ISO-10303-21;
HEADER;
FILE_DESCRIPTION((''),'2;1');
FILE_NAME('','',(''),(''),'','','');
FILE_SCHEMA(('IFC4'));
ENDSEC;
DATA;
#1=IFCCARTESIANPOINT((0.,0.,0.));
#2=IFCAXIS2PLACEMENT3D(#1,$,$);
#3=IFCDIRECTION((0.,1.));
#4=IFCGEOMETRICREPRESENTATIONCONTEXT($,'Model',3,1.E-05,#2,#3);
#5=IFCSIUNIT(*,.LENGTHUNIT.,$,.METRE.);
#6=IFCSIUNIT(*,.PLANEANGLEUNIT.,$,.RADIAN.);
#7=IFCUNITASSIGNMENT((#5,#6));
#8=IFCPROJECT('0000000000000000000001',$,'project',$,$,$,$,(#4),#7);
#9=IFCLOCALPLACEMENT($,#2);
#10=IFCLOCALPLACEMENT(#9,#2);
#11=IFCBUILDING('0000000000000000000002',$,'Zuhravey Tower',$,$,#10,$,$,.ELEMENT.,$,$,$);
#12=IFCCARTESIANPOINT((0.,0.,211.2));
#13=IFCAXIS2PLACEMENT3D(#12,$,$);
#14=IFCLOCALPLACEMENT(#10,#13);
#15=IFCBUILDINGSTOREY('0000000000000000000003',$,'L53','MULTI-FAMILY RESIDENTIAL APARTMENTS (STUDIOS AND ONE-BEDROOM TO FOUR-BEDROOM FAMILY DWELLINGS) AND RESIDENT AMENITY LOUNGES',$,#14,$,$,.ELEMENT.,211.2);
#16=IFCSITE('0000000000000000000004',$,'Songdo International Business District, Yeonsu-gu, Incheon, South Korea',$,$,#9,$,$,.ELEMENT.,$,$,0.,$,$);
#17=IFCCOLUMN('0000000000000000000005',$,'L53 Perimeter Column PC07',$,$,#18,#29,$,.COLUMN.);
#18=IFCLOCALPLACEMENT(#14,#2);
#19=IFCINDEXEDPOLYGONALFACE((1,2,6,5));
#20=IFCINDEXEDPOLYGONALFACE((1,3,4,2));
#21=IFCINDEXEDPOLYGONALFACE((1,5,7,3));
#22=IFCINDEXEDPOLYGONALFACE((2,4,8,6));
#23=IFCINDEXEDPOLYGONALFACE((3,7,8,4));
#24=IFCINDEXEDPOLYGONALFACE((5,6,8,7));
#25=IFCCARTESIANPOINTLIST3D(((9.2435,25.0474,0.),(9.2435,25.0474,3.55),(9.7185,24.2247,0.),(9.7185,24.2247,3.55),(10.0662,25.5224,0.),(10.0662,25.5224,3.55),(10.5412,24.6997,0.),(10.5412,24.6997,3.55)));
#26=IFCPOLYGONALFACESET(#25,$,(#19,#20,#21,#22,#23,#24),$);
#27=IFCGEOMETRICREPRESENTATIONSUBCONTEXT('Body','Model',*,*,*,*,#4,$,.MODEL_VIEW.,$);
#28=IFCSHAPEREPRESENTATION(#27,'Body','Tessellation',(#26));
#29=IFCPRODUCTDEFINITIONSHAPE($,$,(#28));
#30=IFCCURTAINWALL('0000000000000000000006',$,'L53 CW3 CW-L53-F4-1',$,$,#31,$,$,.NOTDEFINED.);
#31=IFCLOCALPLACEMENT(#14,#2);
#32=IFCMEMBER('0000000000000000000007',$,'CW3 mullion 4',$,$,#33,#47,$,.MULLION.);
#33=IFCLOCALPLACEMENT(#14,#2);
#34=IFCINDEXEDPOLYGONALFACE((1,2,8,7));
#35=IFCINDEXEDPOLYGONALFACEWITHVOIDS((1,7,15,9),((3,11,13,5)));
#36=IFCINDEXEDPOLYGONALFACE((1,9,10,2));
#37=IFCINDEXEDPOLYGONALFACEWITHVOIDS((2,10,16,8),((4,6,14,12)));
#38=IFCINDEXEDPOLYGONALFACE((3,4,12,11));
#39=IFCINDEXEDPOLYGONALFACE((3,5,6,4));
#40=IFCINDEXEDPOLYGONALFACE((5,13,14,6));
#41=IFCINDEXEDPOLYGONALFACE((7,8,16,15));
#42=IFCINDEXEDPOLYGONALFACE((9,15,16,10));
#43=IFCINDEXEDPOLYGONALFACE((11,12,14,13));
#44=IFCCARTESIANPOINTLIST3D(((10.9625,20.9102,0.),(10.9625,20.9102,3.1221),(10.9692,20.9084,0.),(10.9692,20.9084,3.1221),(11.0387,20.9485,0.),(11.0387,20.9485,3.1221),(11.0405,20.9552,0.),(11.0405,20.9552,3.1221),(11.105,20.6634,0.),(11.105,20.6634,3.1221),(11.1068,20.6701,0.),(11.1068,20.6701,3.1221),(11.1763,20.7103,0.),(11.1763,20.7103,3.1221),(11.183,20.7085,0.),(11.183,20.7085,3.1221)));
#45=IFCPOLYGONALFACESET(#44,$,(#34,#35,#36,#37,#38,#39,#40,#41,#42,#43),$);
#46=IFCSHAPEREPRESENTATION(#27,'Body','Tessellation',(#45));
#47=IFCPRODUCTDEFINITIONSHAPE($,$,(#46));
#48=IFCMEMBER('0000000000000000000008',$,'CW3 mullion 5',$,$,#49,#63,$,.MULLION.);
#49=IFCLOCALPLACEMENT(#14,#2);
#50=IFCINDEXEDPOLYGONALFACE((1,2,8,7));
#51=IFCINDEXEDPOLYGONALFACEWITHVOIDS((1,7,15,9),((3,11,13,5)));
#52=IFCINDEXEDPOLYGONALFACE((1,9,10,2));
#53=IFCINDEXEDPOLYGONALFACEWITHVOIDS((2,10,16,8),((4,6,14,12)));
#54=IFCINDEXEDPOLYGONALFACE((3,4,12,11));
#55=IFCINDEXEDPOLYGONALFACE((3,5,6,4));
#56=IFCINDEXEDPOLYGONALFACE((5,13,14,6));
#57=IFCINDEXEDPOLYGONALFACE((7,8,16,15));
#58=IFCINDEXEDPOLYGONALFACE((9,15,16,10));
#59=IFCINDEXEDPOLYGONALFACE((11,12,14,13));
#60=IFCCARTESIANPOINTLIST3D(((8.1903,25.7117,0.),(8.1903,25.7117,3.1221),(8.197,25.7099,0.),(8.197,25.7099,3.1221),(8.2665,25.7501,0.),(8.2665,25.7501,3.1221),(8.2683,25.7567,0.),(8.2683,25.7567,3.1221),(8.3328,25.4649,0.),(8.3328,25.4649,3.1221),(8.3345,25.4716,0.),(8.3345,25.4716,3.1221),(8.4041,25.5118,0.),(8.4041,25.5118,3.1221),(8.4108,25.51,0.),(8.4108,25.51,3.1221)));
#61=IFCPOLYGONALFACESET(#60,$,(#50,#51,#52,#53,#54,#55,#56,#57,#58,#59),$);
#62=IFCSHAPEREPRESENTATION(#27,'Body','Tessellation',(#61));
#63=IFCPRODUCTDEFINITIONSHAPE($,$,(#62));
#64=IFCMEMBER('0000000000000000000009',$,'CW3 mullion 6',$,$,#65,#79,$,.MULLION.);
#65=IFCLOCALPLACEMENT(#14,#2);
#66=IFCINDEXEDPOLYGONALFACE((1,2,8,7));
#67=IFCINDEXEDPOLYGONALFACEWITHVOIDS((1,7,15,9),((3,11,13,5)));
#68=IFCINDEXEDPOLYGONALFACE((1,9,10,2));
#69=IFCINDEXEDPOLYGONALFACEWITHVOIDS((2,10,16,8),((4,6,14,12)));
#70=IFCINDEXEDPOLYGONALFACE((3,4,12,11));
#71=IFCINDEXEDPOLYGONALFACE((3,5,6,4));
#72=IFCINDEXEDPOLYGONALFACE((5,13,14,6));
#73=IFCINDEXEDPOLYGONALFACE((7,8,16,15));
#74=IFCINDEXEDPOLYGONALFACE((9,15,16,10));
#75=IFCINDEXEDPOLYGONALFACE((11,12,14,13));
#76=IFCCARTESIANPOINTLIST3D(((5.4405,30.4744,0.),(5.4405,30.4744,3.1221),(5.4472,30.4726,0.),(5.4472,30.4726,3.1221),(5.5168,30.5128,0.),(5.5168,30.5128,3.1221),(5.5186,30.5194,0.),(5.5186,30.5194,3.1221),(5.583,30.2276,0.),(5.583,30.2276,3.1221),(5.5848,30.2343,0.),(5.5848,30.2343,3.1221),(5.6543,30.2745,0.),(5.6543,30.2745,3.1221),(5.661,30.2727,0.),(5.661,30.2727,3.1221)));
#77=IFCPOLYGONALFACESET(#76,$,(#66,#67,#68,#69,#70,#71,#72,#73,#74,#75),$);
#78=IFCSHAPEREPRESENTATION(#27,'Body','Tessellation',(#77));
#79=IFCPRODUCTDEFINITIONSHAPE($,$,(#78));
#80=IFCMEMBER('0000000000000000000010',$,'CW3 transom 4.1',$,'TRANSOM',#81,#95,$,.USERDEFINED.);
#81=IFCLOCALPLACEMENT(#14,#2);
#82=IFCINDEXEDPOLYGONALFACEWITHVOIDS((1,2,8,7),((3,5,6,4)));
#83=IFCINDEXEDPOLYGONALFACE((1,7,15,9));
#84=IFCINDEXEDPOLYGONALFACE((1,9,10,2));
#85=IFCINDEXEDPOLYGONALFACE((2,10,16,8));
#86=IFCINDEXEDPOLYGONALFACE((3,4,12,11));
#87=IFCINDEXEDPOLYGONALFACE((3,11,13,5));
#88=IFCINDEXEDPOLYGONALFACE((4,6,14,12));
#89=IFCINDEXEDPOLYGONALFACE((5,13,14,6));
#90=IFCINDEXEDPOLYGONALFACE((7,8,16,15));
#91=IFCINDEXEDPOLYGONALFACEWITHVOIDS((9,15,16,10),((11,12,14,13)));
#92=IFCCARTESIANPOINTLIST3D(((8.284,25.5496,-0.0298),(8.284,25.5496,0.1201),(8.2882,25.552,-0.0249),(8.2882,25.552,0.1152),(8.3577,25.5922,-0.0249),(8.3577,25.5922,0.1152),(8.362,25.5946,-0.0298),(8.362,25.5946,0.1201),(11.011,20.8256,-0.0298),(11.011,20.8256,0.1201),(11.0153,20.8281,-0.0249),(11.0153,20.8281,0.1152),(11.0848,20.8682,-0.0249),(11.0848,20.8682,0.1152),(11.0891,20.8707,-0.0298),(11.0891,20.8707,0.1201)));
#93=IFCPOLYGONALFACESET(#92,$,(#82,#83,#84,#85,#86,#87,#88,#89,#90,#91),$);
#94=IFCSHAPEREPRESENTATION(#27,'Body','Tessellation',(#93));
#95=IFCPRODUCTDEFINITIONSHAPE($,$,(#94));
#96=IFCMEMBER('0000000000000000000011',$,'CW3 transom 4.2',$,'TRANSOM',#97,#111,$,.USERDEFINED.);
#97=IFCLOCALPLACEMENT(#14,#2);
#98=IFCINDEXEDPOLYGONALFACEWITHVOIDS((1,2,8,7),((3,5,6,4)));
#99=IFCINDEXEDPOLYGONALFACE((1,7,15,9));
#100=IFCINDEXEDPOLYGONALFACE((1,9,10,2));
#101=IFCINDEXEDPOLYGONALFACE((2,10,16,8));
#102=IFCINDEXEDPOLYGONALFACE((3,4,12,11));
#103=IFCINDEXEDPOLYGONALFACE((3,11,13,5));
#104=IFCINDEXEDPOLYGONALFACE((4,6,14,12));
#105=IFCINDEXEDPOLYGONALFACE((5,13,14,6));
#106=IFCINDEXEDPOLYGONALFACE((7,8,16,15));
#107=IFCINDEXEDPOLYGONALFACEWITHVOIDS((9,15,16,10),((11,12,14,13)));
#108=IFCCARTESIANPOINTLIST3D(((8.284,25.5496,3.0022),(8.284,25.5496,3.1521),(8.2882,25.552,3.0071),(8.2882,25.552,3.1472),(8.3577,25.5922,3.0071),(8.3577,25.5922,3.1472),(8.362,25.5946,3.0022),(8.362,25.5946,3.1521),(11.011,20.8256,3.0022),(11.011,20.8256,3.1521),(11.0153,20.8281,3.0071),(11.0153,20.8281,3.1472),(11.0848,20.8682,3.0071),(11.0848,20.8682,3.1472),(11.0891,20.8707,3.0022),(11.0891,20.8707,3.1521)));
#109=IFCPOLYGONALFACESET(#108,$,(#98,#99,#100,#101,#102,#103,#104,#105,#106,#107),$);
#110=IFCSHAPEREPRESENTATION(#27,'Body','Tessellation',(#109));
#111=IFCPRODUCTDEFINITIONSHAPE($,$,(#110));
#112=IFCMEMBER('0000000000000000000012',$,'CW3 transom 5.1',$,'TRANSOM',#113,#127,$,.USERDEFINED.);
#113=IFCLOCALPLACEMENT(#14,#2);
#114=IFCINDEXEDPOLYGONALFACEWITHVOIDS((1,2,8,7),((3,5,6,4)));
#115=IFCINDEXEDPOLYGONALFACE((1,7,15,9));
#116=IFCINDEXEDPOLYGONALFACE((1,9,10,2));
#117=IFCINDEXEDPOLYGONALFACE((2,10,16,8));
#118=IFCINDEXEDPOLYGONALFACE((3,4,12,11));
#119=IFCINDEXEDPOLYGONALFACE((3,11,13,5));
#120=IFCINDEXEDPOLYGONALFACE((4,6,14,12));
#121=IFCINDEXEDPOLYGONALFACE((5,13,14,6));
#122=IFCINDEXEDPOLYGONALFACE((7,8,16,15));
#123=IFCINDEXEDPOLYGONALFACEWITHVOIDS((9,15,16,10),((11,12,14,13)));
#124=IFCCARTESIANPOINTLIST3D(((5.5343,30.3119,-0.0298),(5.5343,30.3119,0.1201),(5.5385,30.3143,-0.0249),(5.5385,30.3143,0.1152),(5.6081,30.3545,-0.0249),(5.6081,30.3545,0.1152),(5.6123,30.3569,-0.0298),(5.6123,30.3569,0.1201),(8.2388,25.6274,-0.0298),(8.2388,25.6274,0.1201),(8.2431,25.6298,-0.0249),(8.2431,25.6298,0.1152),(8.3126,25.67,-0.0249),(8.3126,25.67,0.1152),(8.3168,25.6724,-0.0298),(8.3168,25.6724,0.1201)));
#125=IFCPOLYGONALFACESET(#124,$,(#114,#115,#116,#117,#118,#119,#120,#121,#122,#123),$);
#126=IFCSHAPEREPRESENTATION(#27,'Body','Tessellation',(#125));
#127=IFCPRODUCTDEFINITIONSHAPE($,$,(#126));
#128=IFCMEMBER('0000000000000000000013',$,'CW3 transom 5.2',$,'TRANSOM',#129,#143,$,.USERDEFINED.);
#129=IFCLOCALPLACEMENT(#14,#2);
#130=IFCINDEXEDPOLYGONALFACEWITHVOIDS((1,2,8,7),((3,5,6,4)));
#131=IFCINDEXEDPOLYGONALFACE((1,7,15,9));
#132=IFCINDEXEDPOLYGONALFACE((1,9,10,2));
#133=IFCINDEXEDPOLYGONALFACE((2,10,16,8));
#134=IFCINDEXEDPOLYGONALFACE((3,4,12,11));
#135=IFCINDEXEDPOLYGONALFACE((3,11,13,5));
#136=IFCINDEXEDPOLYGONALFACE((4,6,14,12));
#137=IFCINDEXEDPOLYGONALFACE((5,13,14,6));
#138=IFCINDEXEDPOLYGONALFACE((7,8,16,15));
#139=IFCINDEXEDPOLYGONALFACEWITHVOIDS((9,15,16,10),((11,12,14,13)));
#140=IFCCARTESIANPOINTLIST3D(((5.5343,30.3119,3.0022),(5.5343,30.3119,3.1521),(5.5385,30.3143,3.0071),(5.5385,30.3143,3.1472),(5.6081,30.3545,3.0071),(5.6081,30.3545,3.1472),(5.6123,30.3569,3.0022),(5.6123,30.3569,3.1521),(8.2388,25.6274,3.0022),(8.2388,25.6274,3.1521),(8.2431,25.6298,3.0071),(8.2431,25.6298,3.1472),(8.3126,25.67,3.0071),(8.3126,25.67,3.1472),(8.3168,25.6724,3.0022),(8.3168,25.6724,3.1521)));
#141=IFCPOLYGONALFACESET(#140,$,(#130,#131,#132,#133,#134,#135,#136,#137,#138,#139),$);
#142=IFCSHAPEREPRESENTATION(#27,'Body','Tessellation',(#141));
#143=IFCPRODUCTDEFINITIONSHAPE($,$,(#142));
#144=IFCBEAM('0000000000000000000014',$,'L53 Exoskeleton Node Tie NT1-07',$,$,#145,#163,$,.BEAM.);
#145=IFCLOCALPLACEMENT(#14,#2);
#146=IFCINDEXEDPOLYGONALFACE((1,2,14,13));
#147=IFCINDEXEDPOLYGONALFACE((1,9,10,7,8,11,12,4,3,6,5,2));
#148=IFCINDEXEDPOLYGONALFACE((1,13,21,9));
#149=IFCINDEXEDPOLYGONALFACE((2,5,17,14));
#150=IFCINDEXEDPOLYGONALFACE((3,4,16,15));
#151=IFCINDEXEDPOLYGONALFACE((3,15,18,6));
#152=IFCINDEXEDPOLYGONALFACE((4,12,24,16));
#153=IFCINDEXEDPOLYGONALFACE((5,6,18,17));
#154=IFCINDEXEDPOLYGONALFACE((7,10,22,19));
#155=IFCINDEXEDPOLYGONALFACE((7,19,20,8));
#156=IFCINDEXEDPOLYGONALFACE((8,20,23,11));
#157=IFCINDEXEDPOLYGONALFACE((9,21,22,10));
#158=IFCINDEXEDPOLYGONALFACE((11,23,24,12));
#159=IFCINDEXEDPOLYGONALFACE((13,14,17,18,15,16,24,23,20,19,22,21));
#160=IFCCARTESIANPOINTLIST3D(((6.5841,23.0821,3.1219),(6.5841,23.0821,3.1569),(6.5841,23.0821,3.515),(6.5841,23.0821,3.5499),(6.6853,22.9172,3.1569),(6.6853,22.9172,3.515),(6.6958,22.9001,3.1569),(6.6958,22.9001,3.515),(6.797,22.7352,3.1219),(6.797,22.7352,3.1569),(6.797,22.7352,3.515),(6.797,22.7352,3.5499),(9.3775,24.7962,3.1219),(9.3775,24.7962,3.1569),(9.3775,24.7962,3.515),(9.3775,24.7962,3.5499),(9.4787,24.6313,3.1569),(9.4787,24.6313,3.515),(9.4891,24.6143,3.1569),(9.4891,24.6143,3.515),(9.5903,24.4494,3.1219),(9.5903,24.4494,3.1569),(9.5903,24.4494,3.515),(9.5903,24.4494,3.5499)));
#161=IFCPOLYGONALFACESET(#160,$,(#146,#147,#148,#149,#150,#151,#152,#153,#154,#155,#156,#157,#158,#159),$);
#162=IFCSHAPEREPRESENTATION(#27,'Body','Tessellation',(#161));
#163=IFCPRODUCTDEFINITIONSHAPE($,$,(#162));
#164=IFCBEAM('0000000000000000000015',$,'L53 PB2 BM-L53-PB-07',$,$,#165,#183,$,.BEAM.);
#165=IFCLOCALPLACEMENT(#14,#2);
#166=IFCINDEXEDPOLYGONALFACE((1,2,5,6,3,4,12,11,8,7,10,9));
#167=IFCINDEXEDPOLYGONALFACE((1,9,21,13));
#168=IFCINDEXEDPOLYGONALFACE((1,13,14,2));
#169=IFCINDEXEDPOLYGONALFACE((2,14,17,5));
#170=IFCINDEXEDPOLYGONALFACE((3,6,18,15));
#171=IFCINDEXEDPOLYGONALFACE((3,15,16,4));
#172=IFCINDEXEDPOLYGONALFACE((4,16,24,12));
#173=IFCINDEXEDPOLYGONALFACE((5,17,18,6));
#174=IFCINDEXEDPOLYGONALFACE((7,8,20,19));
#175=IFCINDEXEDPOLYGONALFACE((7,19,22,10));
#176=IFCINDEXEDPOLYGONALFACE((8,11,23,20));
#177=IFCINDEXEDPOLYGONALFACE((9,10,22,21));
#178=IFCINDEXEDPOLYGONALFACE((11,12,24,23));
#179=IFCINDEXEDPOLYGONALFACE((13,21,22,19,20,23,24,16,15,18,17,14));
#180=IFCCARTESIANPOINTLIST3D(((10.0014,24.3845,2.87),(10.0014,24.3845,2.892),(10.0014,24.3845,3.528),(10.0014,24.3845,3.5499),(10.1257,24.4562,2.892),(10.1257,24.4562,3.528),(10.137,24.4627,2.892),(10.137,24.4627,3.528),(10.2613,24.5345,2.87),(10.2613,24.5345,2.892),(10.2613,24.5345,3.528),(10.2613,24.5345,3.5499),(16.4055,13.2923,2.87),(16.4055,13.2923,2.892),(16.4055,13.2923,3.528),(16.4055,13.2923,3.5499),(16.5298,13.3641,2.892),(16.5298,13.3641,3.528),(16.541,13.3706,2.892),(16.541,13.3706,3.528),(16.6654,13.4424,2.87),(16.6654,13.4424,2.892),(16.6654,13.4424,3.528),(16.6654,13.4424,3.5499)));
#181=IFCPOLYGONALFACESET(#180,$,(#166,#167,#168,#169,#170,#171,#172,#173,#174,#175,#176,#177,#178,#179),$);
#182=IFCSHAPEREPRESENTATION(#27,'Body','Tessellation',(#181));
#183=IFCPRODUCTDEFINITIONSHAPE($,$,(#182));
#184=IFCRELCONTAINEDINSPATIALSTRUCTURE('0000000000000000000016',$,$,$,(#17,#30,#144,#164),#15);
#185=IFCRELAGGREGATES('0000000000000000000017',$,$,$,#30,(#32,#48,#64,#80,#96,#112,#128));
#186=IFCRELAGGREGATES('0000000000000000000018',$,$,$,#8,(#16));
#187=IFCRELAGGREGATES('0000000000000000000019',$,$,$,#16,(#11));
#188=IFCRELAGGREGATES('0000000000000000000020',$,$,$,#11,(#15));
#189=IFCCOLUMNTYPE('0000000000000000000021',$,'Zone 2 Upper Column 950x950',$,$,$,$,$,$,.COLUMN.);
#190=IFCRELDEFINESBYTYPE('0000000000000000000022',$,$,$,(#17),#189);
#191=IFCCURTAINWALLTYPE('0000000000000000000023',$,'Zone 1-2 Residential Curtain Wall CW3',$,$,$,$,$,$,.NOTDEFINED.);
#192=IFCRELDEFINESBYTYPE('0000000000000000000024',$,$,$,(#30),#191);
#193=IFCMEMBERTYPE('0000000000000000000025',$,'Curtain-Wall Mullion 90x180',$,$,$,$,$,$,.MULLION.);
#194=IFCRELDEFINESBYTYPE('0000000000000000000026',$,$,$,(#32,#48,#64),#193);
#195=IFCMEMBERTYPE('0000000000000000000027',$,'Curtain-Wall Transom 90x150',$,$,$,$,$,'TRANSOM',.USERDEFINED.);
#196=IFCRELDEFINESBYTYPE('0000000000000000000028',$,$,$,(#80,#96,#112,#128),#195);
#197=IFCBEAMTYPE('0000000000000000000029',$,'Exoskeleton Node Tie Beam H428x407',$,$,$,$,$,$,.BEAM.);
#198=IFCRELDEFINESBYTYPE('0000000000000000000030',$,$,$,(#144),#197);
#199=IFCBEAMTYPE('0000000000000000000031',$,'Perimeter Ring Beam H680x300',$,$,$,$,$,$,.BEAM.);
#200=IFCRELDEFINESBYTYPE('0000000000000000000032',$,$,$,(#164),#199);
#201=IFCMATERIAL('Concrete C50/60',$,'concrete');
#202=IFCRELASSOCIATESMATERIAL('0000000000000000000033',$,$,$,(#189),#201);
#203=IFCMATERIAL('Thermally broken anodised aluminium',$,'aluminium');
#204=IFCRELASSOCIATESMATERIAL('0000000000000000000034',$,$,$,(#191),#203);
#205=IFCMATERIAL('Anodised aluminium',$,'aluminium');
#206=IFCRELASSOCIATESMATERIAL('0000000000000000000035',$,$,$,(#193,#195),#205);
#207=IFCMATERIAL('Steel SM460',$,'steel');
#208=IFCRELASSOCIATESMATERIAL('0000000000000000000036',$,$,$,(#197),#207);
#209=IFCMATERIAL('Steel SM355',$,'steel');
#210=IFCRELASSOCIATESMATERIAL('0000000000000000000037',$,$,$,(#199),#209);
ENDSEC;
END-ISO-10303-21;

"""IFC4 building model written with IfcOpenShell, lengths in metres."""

from ifc_helpers import new_model, si_unit, direction, frame, origin, origin_2d, place, context, subcontext, project, spatial, rectangle, hollow_rectangle, i_section, extrude, material, material_profile, profile_set, type_object, element, aggregate, save


model = new_model("IFC4")

# Units and contexts
model_context = context("Model", 3, precision=1e-05, world=origin(), true_north=direction((0.0, 1.0)))
body_context = subcontext(model_context, "Body", "Model", "MODEL_VIEW")
ifc_project = project(units=[si_unit("LENGTHUNIT", "METRE"), si_unit("PLANEANGLEUNIT", "RADIAN")], contexts=[model_context])

# Site, building, storey
site_placement = place(None, origin())
site = spatial("IfcSite", under=ifc_project, at=site_placement, Name="Songdo International Business District, Yeonsu-gu, Incheon, South Korea", CompositionType="ELEMENT", RefElevation=0.0)
building_placement = place(site_placement, origin())
building = spatial("IfcBuilding", under=site, at=building_placement, Name="Zuhravey Tower", CompositionType="ELEMENT")
storey_placement = place(building_placement, frame((0.0, 0.0, 211.2)))
storey = spatial("IfcBuildingStorey", under=building, at=storey_placement, Name="L53", Description="MULTI-FAMILY RESIDENTIAL APARTMENTS (STUDIOS AND ONE-BEDROOM TO FOUR-BEDROOM FAMILY DWELLINGS) AND RESIDENT AMENITY LOUNGES", CompositionType="ELEMENT", Elevation=211.2)

# Column
ifc_material_1 = material(Name="Concrete C50/60", Category="concrete")
ifc_material_profile_1 = material_profile(ifc_material_1, rectangle(XDim=0.95, YDim=0.95, at=origin_2d()), Name="RC-950x950")
ifc_profile_set_1 = profile_set([ifc_material_profile_1], Name="Concrete C50/60")
column_type = type_object("IfcColumnType", Name="Zone 2 Upper Column 950x950", PredefinedType="COLUMN", material=ifc_profile_set_1)
column_placement = place(storey_placement, frame((9.8923, 24.8735, 0.0), z_axis=(0.0, 0.0, 1.0), x_axis=(0.5, -0.866025, 0.0)))
element("IfcColumn", 1, at=column_placement, inside=storey, type_object=column_type, Name="L53 Perimeter Column PC07", PredefinedType="COLUMN", context=body_context, shape_type="SweptSolid", body=[
    extrude(rectangle(XDim=0.95, YDim=0.95, at=origin_2d()), origin(), (0.0, 0.0, 1.0), 3.55),
])

# Curtain wall, members
ifc_material_2 = material(Name="Thermally broken anodised aluminium", Category="aluminium")
curtain_wall_type = type_object("IfcCurtainWallType", Name="Zone 1-2 Residential Curtain Wall CW3", PredefinedType="NOTDEFINED", material=ifc_material_2)
curtain_wall_placement = place(storey_placement, origin())
curtain_wall = element("IfcCurtainWall", 2, at=curtain_wall_placement, inside=storey, type_object=curtain_wall_type, Name="L53 CW3 CW-L53-F4-1", PredefinedType="NOTDEFINED")
ifc_material_3 = material(Name="Anodised aluminium", Category="aluminium")
ifc_material_profile_2 = material_profile(ifc_material_3, hollow_rectangle(XDim=0.0901, YDim=0.2849, WallThickness=0.0049, at=origin_2d()), Name="ALU-RHS-90x285x5")
ifc_profile_set_2 = profile_set([ifc_material_profile_2], Name="Anodised aluminium")
member_type_1 = type_object("IfcMemberType", Name="Curtain-Wall Mullion 90x180", PredefinedType="MULLION", material=ifc_profile_set_2)
member_1_placement = place(storey_placement, frame((11.0728, 20.8093, 0.0), z_axis=(0.0, 0.0, 1.0), x_axis=(-0.866025, -0.5, 0.0)))
member_1 = element("IfcMember", 3, at=member_1_placement, type_object=member_type_1, Name="CW3 mullion 4", PredefinedType="MULLION", context=body_context, shape_type="SweptSolid", body=[
    extrude(hollow_rectangle(XDim=0.0901, YDim=0.2849, WallThickness=0.0049, at=origin_2d()), origin(), (0.0, 0.0, 1.0), 3.1221),
])
member_2_placement = place(storey_placement, frame((8.3005, 25.6108, 0.0), z_axis=(0.0, 0.0, 1.0), x_axis=(-0.866025, -0.5, 0.0)))
member_2 = element("IfcMember", 4, at=member_2_placement, type_object=member_type_1, Name="CW3 mullion 5", PredefinedType="MULLION", context=body_context, shape_type="SweptSolid", body=[
    extrude(hollow_rectangle(XDim=0.0901, YDim=0.2849, WallThickness=0.0049, at=origin_2d()), origin(), (0.0, 0.0, 1.0), 3.1221),
])
member_3_placement = place(storey_placement, frame((5.5508, 30.3735, 0.0), z_axis=(0.0, 0.0, 1.0), x_axis=(-0.866025, -0.5, 0.0)))
member_3 = element("IfcMember", 5, at=member_3_placement, type_object=member_type_1, Name="CW3 mullion 6", PredefinedType="MULLION", context=body_context, shape_type="SweptSolid", body=[
    extrude(hollow_rectangle(XDim=0.0901, YDim=0.2849, WallThickness=0.0049, at=origin_2d()), origin(), (0.0, 0.0, 1.0), 3.1221),
])
ifc_material_profile_3 = material_profile(ifc_material_3, hollow_rectangle(XDim=0.0901, YDim=0.1499, WallThickness=0.0049, at=origin_2d()), Name="ALU-RHS-90x150x5")
ifc_profile_set_3 = profile_set([ifc_material_profile_3], Name="Anodised aluminium")
member_type_2 = type_object("IfcMemberType", Name="Curtain-Wall Transom 90x150", ElementType="TRANSOM", PredefinedType="USERDEFINED", material=ifc_profile_set_3)
member_4_placement = place(storey_placement, frame((11.05, 20.8481, 0.0452), z_axis=(-0.499961, 0.866048, 0.0), x_axis=(-0.866048, -0.499961, 0.0)))
member_4 = element("IfcMember", 6, at=member_4_placement, type_object=member_type_2, Name="CW3 transom 4.1", ObjectType="TRANSOM", PredefinedType="USERDEFINED", context=body_context, shape_type="SweptSolid", body=[
    extrude(hollow_rectangle(XDim=0.0901, YDim=0.1499, WallThickness=0.0049, at=origin_2d()), origin(), (0.0, 0.0, 1.0), 5.4546),
])
member_5_placement = place(storey_placement, frame((11.05, 20.8481, 3.0771), z_axis=(-0.499961, 0.866048, 0.0), x_axis=(-0.866048, -0.499961, 0.0)))
member_5 = element("IfcMember", 7, at=member_5_placement, type_object=member_type_2, Name="CW3 transom 4.2", ObjectType="TRANSOM", PredefinedType="USERDEFINED", context=body_context, shape_type="SweptSolid", body=[
    extrude(hollow_rectangle(XDim=0.0901, YDim=0.1499, WallThickness=0.0049, at=origin_2d()), origin(), (0.0, 0.0, 1.0), 5.4546),
])
member_6_placement = place(storey_placement, frame((8.2778, 25.6499, 0.0452), z_axis=(-0.499993, 0.866029, 0.0), x_axis=(-0.866029, -0.499993, 0.0)))
member_6 = element("IfcMember", 8, at=member_6_placement, type_object=member_type_2, Name="CW3 transom 5.1", ObjectType="TRANSOM", PredefinedType="USERDEFINED", context=body_context, shape_type="SweptSolid", body=[
    extrude(hollow_rectangle(XDim=0.0901, YDim=0.1499, WallThickness=0.0049, at=origin_2d()), origin(), (0.0, 0.0, 1.0), 5.4092),
])
member_7_placement = place(storey_placement, frame((8.2778, 25.6499, 3.0771), z_axis=(-0.499993, 0.866029, 0.0), x_axis=(-0.866029, -0.499993, 0.0)))
member_7 = element("IfcMember", 9, at=member_7_placement, type_object=member_type_2, Name="CW3 transom 5.2", ObjectType="TRANSOM", PredefinedType="USERDEFINED", context=body_context, shape_type="SweptSolid", body=[
    extrude(hollow_rectangle(XDim=0.0901, YDim=0.1499, WallThickness=0.0049, at=origin_2d()), origin(), (0.0, 0.0, 1.0), 5.4092),
])

# Beams
ifc_material_4 = material(Name="Steel SM460", Category="steel")
ifc_material_profile_4 = material_profile(ifc_material_4, i_section(OverallWidth=0.407, OverallDepth=0.428, WebThickness=0.02, FlangeThickness=0.0349, at=origin_2d()), Name="H-428x407x20x35")
ifc_profile_set_4 = profile_set([ifc_material_profile_4], Name="Steel SM460")
beam_type_1 = type_object("IfcBeamType", Name="Exoskeleton Node Tie Beam H428x407", PredefinedType="BEAM", material=ifc_profile_set_4)
beam_1_placement = place(storey_placement, frame((9.4839, 24.6228, 3.3359), z_axis=(-0.85231, -0.523037, 0.0), x_axis=(0.523037, -0.85231, 0.0)))
element("IfcBeam", 10, at=beam_1_placement, inside=storey, type_object=beam_type_1, Name="L53 Exoskeleton Node Tie NT1-07", PredefinedType="BEAM", context=body_context, shape_type="SweptSolid", body=[
    extrude(i_section(OverallWidth=0.407, OverallDepth=0.428, WebThickness=0.02, FlangeThickness=0.0349, at=origin_2d()), origin(), (0.0, 0.0, 1.0), 3.2773),
])
ifc_material_5 = material(Name="Steel SM355", Category="steel")
ifc_material_profile_5 = material_profile(ifc_material_5, i_section(OverallWidth=0.3, OverallDepth=0.6799, WebThickness=0.0129, FlangeThickness=0.022, at=origin_2d()), Name="H-680x300x13x22")
ifc_profile_set_5 = profile_set([ifc_material_profile_5], Name="Steel SM355")
beam_type_2 = type_object("IfcBeamType", Name="Perimeter Ring Beam H680x300", PredefinedType="BEAM", material=ifc_profile_set_5)
beam_2_placement = place(storey_placement, frame((10.1313, 24.4595, 3.21), z_axis=(0.500004, -0.866023, 0.0), x_axis=(0.866023, 0.500004, 0.0)))
element("IfcBeam", 11, at=beam_2_placement, inside=storey, type_object=beam_type_2, Name="L53 PB2 BM-L53-PB-07", PredefinedType="BEAM", context=body_context, shape_type="SweptSolid", body=[
    extrude(i_section(OverallWidth=0.3, OverallDepth=0.6799, WebThickness=0.0129, FlangeThickness=0.022, at=origin_2d()), origin(), (0.0, 0.0, 1.0), 12.8081),
])

aggregate(curtain_wall, [member_1, member_2, member_3, member_4, member_5, member_6, member_7])

save(model, "model.ifc")
